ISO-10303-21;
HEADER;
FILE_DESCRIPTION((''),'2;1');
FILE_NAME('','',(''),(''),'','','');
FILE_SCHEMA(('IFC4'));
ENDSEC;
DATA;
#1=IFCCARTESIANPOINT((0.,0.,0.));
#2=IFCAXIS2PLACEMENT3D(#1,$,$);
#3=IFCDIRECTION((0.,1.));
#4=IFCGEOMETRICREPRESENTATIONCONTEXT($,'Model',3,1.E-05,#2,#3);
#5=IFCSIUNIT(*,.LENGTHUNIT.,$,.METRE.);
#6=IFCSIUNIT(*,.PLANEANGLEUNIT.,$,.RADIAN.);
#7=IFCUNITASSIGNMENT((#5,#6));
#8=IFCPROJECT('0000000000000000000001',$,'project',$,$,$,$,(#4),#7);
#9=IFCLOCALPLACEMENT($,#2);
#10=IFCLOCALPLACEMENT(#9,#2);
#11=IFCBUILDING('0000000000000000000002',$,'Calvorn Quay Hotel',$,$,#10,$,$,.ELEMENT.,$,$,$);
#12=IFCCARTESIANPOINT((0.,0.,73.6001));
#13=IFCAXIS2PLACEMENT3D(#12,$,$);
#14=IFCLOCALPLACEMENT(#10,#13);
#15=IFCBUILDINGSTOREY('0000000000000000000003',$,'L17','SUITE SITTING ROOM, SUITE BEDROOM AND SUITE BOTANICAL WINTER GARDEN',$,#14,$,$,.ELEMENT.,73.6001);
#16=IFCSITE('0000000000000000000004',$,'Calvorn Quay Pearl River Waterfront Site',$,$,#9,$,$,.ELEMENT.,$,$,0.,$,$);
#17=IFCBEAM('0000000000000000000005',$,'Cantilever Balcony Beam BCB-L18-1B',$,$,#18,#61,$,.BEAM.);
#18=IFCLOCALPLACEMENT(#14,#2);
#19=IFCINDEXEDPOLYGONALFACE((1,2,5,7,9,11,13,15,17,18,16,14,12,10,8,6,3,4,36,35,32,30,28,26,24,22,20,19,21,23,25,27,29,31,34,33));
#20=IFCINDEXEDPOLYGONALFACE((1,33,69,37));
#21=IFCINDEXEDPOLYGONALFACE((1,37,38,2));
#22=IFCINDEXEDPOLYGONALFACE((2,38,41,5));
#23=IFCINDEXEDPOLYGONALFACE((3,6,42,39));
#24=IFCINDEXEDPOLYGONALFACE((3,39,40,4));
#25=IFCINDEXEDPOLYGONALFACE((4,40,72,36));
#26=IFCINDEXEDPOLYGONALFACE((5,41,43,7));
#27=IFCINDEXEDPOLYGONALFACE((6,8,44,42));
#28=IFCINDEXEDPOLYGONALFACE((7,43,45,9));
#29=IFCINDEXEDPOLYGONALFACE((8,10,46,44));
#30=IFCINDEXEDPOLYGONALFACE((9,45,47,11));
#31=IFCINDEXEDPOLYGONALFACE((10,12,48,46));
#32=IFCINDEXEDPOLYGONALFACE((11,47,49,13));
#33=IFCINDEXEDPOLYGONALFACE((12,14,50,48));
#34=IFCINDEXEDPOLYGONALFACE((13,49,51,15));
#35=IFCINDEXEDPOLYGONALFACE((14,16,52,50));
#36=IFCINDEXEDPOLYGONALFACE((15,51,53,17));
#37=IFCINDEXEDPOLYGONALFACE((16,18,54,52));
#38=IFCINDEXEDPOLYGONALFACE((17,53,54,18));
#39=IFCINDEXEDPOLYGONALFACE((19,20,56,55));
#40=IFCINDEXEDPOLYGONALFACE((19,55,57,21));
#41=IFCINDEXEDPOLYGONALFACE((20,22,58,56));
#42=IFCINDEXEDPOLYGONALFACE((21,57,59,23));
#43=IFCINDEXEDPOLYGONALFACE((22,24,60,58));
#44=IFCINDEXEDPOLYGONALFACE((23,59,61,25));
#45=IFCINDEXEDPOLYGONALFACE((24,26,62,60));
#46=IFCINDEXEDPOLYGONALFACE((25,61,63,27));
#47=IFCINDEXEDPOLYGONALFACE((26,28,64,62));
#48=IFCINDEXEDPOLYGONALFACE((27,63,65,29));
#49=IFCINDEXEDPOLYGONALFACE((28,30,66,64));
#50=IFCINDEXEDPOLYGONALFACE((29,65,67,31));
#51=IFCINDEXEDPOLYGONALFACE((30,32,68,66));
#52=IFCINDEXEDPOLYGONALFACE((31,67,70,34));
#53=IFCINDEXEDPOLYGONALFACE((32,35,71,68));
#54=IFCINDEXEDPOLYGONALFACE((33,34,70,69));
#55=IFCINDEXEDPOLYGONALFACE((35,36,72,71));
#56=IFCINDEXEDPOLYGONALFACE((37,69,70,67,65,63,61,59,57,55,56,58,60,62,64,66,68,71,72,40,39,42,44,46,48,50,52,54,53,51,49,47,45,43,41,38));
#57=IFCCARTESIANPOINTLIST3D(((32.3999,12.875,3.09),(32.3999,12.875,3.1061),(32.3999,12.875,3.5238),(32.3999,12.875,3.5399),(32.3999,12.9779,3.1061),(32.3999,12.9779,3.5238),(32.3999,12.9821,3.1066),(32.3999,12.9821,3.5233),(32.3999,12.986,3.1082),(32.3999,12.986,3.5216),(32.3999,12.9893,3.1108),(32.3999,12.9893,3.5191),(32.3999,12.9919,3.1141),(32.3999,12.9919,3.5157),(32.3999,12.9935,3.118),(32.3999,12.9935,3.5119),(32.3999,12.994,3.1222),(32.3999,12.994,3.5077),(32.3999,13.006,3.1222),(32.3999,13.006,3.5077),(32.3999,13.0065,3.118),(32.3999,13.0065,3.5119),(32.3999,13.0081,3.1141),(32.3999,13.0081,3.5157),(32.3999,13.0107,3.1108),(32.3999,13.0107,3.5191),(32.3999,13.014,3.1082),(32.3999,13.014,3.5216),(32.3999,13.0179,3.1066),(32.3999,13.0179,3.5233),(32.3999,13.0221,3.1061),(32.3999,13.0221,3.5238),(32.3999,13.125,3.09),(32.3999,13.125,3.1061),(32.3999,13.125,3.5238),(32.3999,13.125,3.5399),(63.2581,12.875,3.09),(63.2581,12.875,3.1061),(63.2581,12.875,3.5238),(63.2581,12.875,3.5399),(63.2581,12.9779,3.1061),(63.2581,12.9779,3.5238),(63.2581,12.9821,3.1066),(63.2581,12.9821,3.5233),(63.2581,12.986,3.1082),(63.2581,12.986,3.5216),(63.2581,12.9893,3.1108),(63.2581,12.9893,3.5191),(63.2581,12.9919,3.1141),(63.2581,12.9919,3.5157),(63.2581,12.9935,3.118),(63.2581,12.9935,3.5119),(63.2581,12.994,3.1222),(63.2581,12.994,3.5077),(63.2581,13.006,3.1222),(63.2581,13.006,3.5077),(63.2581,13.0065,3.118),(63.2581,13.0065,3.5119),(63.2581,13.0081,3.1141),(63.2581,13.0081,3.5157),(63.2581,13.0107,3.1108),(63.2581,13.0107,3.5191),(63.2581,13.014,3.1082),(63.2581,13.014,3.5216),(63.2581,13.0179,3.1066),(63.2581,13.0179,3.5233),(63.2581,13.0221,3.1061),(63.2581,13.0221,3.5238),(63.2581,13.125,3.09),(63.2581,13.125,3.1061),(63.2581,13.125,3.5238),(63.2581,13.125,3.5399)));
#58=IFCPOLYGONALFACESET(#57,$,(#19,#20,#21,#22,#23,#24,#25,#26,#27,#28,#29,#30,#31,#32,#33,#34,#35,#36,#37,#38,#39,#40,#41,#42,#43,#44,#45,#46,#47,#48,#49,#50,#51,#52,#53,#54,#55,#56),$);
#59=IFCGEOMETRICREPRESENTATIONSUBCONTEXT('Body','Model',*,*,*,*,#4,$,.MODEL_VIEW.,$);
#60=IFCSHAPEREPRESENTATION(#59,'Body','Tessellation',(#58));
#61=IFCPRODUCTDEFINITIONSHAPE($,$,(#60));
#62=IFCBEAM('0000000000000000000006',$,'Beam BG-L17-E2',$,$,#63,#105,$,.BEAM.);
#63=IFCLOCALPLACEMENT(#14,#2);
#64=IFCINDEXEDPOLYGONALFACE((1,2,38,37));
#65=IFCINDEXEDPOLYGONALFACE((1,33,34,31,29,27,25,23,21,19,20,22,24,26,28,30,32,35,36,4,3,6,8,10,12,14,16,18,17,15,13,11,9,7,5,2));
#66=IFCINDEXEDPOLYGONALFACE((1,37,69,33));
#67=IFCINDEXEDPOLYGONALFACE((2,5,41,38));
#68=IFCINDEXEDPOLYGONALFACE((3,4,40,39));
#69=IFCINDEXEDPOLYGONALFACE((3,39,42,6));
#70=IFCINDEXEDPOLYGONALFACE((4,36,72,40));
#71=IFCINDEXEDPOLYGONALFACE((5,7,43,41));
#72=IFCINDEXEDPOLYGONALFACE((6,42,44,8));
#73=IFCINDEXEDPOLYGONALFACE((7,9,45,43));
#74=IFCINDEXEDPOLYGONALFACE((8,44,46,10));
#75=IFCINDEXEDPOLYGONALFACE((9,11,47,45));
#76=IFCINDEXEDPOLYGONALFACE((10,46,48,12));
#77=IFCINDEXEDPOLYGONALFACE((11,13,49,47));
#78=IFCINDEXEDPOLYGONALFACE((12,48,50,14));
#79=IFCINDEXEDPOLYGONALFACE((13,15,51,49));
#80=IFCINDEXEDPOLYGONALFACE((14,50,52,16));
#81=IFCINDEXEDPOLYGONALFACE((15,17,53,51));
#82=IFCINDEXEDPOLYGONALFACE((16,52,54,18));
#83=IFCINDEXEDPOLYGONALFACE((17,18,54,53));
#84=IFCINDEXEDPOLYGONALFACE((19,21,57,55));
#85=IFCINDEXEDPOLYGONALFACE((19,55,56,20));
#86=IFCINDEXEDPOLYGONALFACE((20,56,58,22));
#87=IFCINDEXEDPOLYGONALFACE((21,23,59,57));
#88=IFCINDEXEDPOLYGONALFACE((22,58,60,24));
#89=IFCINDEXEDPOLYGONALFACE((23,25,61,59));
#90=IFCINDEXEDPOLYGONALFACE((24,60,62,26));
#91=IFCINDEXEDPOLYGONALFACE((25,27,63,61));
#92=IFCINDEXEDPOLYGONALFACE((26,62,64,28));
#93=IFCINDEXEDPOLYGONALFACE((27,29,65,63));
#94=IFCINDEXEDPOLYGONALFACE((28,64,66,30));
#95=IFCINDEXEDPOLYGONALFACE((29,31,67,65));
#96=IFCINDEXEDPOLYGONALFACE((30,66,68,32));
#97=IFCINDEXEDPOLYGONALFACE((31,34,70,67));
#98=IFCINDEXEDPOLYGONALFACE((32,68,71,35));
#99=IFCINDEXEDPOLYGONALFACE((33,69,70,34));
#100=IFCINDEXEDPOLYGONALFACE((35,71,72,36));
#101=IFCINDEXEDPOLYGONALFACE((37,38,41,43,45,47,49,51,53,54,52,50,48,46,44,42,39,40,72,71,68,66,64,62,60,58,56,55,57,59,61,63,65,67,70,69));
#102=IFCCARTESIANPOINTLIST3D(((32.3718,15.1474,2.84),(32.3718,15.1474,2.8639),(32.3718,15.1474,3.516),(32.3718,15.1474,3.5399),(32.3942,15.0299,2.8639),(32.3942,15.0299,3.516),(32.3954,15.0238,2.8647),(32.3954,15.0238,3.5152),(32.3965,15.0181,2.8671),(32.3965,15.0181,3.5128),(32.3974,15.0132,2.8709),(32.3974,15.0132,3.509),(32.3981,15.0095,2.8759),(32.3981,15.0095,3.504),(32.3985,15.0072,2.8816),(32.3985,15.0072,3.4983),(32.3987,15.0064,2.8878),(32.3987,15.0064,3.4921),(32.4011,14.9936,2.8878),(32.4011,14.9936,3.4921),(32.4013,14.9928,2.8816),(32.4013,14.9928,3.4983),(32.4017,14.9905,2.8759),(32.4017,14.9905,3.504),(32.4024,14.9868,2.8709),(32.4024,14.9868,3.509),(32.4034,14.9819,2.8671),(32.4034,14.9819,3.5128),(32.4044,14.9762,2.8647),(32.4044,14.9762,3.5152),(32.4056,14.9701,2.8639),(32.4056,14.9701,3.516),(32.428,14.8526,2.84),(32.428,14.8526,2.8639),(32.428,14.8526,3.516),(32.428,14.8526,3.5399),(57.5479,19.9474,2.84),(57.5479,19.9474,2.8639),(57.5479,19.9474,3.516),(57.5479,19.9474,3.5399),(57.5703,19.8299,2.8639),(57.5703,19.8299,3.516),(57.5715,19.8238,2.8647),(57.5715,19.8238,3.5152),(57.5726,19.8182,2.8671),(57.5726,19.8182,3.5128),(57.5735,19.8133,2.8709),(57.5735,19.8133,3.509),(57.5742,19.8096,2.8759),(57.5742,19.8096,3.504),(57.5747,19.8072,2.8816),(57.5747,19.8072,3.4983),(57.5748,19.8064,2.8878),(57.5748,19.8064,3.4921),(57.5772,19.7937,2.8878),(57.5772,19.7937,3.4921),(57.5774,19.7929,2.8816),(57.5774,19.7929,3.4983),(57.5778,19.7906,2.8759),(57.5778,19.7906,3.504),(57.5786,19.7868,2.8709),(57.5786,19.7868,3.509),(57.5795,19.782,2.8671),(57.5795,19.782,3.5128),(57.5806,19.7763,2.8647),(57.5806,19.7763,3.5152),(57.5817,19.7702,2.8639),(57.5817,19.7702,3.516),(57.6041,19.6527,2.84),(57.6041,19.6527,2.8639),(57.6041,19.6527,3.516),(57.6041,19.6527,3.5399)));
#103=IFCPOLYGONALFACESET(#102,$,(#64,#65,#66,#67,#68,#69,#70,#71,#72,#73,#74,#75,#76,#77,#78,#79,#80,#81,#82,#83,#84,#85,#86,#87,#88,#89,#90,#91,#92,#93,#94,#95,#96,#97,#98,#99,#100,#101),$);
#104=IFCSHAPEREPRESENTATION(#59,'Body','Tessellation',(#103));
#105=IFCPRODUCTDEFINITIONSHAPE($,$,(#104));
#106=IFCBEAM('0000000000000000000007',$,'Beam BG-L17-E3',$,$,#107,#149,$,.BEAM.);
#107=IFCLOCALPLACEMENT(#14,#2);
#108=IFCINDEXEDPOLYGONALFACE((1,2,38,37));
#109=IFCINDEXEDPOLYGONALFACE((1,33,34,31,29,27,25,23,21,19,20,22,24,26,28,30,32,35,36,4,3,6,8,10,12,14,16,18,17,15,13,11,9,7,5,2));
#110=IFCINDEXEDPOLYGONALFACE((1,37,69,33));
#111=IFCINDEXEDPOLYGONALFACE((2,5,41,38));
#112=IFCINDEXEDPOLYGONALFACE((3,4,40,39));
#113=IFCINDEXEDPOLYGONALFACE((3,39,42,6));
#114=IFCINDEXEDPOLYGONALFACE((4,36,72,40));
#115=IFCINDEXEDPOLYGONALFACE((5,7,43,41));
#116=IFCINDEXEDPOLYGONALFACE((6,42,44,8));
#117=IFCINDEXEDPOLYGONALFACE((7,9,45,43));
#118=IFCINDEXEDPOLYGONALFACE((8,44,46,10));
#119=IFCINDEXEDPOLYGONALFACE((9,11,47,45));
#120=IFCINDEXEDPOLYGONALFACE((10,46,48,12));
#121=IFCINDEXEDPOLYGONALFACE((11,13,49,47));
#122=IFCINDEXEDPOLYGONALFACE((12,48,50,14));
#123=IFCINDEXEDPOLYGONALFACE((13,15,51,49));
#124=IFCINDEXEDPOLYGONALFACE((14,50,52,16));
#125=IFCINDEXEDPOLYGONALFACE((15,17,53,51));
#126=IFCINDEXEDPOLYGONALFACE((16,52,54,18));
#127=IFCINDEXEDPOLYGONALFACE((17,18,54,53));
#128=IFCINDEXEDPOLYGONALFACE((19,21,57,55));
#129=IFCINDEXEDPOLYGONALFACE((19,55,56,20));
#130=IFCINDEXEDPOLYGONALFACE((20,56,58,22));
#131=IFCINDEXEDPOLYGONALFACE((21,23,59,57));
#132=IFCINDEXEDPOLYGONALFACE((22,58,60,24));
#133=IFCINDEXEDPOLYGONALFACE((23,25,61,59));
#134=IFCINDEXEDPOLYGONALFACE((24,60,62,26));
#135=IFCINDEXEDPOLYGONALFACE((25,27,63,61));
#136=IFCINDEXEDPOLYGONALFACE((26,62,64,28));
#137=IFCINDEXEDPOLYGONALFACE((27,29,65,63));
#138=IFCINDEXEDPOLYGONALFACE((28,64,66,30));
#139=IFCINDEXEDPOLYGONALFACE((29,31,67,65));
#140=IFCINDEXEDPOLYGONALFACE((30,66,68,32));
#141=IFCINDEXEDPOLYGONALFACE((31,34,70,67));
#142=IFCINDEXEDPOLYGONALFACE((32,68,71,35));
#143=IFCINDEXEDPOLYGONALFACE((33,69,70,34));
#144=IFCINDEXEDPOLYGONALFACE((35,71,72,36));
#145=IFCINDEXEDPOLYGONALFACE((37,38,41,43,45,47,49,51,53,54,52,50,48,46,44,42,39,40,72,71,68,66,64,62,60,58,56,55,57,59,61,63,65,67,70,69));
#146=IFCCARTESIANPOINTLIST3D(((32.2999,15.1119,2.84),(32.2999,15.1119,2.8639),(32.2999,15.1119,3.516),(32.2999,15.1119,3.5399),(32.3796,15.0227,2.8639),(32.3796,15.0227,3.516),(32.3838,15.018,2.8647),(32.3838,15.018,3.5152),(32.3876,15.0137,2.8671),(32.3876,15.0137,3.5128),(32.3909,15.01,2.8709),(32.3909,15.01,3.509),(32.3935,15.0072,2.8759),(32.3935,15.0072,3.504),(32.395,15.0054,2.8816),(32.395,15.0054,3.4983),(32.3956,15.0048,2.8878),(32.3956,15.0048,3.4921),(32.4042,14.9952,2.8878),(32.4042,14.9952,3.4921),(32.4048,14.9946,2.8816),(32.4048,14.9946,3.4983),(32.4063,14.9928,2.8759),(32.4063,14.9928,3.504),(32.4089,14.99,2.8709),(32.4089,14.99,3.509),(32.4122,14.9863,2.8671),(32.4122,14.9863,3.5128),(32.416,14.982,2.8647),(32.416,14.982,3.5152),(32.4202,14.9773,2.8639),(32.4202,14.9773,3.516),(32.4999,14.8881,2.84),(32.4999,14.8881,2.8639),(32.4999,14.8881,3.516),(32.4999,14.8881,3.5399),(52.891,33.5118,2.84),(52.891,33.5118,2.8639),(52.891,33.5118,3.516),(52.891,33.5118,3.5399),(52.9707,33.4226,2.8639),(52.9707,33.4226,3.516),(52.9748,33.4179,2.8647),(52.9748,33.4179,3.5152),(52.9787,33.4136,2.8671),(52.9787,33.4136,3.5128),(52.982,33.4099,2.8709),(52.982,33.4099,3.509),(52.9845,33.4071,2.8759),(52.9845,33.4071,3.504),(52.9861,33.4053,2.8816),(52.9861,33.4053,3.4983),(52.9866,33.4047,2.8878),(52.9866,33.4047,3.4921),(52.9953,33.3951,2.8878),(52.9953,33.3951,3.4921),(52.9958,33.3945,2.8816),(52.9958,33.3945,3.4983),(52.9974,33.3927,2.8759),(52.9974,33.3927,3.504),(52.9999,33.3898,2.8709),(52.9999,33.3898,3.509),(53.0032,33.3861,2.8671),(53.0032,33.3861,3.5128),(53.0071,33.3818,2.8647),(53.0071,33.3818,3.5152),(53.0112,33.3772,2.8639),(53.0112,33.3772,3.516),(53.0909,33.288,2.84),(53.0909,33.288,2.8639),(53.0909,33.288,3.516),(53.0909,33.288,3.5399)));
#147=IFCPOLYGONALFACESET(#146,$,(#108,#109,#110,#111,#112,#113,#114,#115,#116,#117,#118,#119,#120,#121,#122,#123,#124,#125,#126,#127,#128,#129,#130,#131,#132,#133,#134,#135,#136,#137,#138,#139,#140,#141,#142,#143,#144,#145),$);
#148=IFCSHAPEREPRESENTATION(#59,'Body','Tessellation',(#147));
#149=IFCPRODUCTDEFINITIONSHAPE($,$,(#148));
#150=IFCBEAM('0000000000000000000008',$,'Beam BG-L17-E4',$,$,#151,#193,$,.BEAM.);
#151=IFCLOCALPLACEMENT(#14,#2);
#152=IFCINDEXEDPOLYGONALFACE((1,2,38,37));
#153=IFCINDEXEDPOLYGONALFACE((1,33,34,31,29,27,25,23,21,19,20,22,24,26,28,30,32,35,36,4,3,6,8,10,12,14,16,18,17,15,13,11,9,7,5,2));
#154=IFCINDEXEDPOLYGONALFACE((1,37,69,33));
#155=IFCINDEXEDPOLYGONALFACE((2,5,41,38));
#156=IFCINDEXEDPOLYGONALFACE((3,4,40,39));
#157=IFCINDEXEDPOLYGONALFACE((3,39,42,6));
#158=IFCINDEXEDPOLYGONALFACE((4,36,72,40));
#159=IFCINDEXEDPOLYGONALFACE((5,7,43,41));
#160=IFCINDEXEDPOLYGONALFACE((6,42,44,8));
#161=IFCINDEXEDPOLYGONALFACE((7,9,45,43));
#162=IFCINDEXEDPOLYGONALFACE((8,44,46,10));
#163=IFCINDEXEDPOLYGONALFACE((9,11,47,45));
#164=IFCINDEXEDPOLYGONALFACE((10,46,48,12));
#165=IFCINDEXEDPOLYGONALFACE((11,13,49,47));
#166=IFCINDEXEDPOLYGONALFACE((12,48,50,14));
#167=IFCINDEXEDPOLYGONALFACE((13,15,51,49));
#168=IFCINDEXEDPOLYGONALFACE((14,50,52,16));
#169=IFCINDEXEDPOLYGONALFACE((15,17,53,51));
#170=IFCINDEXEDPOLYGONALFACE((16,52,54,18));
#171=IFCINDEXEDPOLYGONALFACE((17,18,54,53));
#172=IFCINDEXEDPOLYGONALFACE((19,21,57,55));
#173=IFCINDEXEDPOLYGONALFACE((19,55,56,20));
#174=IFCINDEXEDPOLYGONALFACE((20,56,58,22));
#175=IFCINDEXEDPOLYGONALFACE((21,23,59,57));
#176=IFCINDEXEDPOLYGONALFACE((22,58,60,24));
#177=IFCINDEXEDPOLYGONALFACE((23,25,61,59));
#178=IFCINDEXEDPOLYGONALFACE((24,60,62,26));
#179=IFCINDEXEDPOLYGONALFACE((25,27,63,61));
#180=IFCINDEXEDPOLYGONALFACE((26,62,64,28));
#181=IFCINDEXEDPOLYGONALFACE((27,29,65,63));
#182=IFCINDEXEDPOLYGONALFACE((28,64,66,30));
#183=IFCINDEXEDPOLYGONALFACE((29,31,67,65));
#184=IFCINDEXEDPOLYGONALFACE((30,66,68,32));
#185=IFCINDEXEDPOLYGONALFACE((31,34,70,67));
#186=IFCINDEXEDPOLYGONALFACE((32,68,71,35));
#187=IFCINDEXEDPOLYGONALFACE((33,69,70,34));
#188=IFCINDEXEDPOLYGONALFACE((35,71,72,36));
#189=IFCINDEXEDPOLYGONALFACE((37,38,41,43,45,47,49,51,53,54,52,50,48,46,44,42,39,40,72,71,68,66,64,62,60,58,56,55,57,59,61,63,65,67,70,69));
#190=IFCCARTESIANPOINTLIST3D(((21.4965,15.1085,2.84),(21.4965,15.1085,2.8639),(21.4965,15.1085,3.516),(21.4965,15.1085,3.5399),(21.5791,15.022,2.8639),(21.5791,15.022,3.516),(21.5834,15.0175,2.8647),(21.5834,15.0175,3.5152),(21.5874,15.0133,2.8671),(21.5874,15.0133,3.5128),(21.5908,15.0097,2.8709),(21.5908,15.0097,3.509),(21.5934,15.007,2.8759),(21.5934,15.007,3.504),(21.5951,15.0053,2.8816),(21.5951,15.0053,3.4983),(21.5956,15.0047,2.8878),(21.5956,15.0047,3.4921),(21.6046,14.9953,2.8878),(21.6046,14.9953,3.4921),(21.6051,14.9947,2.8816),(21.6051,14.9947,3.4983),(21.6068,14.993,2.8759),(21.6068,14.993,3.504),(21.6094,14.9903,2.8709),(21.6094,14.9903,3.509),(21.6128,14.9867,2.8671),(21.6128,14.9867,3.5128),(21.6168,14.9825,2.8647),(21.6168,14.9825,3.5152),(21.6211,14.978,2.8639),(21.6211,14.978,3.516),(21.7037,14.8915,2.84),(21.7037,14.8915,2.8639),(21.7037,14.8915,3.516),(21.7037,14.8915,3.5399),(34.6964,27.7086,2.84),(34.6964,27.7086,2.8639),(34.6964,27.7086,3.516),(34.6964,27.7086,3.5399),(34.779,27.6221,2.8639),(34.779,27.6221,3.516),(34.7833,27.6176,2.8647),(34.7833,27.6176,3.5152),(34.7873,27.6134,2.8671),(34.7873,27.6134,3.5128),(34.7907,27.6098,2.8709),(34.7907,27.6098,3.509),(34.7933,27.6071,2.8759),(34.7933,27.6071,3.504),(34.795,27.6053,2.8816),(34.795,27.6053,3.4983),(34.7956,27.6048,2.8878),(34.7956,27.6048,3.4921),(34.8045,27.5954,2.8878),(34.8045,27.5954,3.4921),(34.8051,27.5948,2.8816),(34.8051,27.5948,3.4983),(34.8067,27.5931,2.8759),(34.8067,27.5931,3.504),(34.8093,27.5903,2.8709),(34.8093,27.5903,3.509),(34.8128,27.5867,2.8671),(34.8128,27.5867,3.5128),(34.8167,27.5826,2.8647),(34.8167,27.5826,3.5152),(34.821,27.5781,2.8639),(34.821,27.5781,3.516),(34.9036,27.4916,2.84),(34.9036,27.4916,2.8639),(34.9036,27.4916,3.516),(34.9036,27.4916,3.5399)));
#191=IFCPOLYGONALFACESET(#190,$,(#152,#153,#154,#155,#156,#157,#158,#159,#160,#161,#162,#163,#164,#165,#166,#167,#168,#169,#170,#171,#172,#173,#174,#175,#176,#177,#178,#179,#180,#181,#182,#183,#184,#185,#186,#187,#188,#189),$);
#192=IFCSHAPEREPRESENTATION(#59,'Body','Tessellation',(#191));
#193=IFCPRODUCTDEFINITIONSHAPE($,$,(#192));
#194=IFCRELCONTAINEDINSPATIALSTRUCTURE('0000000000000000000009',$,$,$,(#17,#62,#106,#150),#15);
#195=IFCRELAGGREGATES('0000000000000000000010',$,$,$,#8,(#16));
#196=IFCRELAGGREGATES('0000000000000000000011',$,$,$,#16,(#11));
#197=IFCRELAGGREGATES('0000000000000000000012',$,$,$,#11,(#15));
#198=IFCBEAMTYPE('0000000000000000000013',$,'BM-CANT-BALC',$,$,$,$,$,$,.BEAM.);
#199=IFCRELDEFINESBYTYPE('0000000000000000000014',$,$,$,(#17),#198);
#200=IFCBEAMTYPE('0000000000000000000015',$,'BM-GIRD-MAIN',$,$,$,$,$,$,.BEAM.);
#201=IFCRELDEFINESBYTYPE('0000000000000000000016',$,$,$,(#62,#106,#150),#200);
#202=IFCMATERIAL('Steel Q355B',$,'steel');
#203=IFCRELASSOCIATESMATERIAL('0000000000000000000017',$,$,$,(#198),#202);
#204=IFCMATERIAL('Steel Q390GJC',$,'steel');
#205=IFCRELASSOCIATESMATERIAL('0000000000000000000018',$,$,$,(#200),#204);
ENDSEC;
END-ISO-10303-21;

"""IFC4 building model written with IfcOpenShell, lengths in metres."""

from ifc_helpers import new_model, si_unit, direction, frame, origin, origin_2d, place, context, subcontext, project, spatial, i_section, extrude, material, material_profile, profile_set, type_object, element, save


model = new_model("IFC4")

# Units and contexts
model_context = context("Model", 3, precision=1e-05, world=origin(), true_north=direction((0.0, 1.0)))
body_context = subcontext(model_context, "Body", "Model", "MODEL_VIEW")
ifc_project = project(units=[si_unit("LENGTHUNIT", "METRE"), si_unit("PLANEANGLEUNIT", "RADIAN")], contexts=[model_context])

# Site, building, storey
site_placement = place(None, origin())
site = spatial("IfcSite", under=ifc_project, at=site_placement, Name="Calvorn Quay Pearl River Waterfront Site", CompositionType="ELEMENT", RefElevation=0.0)
building_placement = place(site_placement, origin())
building = spatial("IfcBuilding", under=site, at=building_placement, Name="Calvorn Quay Hotel", CompositionType="ELEMENT")
storey_placement = place(building_placement, frame((0.0, 0.0, 73.6001)))
storey = spatial("IfcBuildingStorey", under=building, at=storey_placement, Name="L17", Description="SUITE SITTING ROOM, SUITE BEDROOM AND SUITE BOTANICAL WINTER GARDEN", CompositionType="ELEMENT", Elevation=73.6001)

# Beams
ifc_material_1 = material(Name="Steel Q355B", Category="steel")
ifc_material_profile_1 = material_profile(ifc_material_1, i_section(OverallWidth=0.25, OverallDepth=0.45, WebThickness=0.012, FlangeThickness=0.0161, FilletRadius=0.0161, at=origin_2d()), Name="HN450x250x12x16")
ifc_profile_set_1 = profile_set([ifc_material_profile_1], Name="Steel Q355B")
beam_type_1 = type_object("IfcBeamType", Name="BM-CANT-BALC", PredefinedType="BEAM", material=ifc_profile_set_1)
beam_1_placement = place(storey_placement, frame((32.3999, 13.0, 3.3149), z_axis=(1.0, 0.0, 0.0), x_axis=(0.0, 1.0, 0.0)))
element("IfcBeam", 1, at=beam_1_placement, inside=storey, type_object=beam_type_1, Name="Cantilever Balcony Beam BCB-L18-1B", PredefinedType="BEAM", context=body_context, shape_type="SweptSolid", body=[
    extrude(i_section(OverallWidth=0.25, OverallDepth=0.45, WebThickness=0.012, FlangeThickness=0.0161, FilletRadius=0.0161, at=origin_2d()), origin(), (0.0, 0.0, 1.0), 30.8582),
])
ifc_material_2 = material(Name="Steel Q390GJC", Category="steel")
ifc_material_profile_2 = material_profile(ifc_material_2, i_section(OverallWidth=0.3, OverallDepth=0.7, WebThickness=0.0129, FlangeThickness=0.0239, FilletRadius=0.0239, at=origin_2d()), Name="HN700x300x13x24")
ifc_profile_set_2 = profile_set([ifc_material_profile_2], Name="Steel Q390GJC")
beam_type_2 = type_object("IfcBeamType", Name="BM-GIRD-MAIN", PredefinedType="BEAM", material=ifc_profile_set_2)
beam_2_placement = place(storey_placement, frame((32.3999, 15.0, 3.1899), z_axis=(0.982305, 0.187286, 0.0), x_axis=(-0.187286, 0.982305, 0.0)))
element("IfcBeam", 2, at=beam_2_placement, inside=storey, type_object=beam_type_2, Name="Beam BG-L17-E2", PredefinedType="BEAM", context=body_context, shape_type="SweptSolid", body=[
    extrude(i_section(OverallWidth=0.3, OverallDepth=0.7, WebThickness=0.0129, FlangeThickness=0.0239, FilletRadius=0.0239, at=origin_2d()), origin(), (0.0, 0.0, 1.0), 25.6296),
])
beam_3_placement = place(storey_placement, frame((32.3999, 15.0, 3.1899), z_axis=(0.745667, 0.666318, 0.0), x_axis=(-0.666318, 0.745667, 0.0)))
element("IfcBeam", 3, at=beam_3_placement, inside=storey, type_object=beam_type_2, Name="Beam BG-L17-E3", PredefinedType="BEAM", context=body_context, shape_type="SweptSolid", body=[
    extrude(i_section(OverallWidth=0.3, OverallDepth=0.7, WebThickness=0.0129, FlangeThickness=0.0239, FilletRadius=0.0239, at=origin_2d()), origin(), (0.0, 0.0, 1.0), 27.6143),
])
beam_4_placement = place(storey_placement, frame((21.6001, 15.0, 3.1899), z_axis=(0.723352, 0.69048, 0.0), x_axis=(-0.69048, 0.723352, 0.0)))
element("IfcBeam", 4, at=beam_4_placement, inside=storey, type_object=beam_type_2, Name="Beam BG-L17-E4", PredefinedType="BEAM", context=body_context, shape_type="SweptSolid", body=[
    extrude(i_section(OverallWidth=0.3, OverallDepth=0.7, WebThickness=0.0129, FlangeThickness=0.0239, FilletRadius=0.0239, at=origin_2d()), origin(), (0.0, 0.0, 1.0), 18.2483),
])

save(model, "model.ifc")
